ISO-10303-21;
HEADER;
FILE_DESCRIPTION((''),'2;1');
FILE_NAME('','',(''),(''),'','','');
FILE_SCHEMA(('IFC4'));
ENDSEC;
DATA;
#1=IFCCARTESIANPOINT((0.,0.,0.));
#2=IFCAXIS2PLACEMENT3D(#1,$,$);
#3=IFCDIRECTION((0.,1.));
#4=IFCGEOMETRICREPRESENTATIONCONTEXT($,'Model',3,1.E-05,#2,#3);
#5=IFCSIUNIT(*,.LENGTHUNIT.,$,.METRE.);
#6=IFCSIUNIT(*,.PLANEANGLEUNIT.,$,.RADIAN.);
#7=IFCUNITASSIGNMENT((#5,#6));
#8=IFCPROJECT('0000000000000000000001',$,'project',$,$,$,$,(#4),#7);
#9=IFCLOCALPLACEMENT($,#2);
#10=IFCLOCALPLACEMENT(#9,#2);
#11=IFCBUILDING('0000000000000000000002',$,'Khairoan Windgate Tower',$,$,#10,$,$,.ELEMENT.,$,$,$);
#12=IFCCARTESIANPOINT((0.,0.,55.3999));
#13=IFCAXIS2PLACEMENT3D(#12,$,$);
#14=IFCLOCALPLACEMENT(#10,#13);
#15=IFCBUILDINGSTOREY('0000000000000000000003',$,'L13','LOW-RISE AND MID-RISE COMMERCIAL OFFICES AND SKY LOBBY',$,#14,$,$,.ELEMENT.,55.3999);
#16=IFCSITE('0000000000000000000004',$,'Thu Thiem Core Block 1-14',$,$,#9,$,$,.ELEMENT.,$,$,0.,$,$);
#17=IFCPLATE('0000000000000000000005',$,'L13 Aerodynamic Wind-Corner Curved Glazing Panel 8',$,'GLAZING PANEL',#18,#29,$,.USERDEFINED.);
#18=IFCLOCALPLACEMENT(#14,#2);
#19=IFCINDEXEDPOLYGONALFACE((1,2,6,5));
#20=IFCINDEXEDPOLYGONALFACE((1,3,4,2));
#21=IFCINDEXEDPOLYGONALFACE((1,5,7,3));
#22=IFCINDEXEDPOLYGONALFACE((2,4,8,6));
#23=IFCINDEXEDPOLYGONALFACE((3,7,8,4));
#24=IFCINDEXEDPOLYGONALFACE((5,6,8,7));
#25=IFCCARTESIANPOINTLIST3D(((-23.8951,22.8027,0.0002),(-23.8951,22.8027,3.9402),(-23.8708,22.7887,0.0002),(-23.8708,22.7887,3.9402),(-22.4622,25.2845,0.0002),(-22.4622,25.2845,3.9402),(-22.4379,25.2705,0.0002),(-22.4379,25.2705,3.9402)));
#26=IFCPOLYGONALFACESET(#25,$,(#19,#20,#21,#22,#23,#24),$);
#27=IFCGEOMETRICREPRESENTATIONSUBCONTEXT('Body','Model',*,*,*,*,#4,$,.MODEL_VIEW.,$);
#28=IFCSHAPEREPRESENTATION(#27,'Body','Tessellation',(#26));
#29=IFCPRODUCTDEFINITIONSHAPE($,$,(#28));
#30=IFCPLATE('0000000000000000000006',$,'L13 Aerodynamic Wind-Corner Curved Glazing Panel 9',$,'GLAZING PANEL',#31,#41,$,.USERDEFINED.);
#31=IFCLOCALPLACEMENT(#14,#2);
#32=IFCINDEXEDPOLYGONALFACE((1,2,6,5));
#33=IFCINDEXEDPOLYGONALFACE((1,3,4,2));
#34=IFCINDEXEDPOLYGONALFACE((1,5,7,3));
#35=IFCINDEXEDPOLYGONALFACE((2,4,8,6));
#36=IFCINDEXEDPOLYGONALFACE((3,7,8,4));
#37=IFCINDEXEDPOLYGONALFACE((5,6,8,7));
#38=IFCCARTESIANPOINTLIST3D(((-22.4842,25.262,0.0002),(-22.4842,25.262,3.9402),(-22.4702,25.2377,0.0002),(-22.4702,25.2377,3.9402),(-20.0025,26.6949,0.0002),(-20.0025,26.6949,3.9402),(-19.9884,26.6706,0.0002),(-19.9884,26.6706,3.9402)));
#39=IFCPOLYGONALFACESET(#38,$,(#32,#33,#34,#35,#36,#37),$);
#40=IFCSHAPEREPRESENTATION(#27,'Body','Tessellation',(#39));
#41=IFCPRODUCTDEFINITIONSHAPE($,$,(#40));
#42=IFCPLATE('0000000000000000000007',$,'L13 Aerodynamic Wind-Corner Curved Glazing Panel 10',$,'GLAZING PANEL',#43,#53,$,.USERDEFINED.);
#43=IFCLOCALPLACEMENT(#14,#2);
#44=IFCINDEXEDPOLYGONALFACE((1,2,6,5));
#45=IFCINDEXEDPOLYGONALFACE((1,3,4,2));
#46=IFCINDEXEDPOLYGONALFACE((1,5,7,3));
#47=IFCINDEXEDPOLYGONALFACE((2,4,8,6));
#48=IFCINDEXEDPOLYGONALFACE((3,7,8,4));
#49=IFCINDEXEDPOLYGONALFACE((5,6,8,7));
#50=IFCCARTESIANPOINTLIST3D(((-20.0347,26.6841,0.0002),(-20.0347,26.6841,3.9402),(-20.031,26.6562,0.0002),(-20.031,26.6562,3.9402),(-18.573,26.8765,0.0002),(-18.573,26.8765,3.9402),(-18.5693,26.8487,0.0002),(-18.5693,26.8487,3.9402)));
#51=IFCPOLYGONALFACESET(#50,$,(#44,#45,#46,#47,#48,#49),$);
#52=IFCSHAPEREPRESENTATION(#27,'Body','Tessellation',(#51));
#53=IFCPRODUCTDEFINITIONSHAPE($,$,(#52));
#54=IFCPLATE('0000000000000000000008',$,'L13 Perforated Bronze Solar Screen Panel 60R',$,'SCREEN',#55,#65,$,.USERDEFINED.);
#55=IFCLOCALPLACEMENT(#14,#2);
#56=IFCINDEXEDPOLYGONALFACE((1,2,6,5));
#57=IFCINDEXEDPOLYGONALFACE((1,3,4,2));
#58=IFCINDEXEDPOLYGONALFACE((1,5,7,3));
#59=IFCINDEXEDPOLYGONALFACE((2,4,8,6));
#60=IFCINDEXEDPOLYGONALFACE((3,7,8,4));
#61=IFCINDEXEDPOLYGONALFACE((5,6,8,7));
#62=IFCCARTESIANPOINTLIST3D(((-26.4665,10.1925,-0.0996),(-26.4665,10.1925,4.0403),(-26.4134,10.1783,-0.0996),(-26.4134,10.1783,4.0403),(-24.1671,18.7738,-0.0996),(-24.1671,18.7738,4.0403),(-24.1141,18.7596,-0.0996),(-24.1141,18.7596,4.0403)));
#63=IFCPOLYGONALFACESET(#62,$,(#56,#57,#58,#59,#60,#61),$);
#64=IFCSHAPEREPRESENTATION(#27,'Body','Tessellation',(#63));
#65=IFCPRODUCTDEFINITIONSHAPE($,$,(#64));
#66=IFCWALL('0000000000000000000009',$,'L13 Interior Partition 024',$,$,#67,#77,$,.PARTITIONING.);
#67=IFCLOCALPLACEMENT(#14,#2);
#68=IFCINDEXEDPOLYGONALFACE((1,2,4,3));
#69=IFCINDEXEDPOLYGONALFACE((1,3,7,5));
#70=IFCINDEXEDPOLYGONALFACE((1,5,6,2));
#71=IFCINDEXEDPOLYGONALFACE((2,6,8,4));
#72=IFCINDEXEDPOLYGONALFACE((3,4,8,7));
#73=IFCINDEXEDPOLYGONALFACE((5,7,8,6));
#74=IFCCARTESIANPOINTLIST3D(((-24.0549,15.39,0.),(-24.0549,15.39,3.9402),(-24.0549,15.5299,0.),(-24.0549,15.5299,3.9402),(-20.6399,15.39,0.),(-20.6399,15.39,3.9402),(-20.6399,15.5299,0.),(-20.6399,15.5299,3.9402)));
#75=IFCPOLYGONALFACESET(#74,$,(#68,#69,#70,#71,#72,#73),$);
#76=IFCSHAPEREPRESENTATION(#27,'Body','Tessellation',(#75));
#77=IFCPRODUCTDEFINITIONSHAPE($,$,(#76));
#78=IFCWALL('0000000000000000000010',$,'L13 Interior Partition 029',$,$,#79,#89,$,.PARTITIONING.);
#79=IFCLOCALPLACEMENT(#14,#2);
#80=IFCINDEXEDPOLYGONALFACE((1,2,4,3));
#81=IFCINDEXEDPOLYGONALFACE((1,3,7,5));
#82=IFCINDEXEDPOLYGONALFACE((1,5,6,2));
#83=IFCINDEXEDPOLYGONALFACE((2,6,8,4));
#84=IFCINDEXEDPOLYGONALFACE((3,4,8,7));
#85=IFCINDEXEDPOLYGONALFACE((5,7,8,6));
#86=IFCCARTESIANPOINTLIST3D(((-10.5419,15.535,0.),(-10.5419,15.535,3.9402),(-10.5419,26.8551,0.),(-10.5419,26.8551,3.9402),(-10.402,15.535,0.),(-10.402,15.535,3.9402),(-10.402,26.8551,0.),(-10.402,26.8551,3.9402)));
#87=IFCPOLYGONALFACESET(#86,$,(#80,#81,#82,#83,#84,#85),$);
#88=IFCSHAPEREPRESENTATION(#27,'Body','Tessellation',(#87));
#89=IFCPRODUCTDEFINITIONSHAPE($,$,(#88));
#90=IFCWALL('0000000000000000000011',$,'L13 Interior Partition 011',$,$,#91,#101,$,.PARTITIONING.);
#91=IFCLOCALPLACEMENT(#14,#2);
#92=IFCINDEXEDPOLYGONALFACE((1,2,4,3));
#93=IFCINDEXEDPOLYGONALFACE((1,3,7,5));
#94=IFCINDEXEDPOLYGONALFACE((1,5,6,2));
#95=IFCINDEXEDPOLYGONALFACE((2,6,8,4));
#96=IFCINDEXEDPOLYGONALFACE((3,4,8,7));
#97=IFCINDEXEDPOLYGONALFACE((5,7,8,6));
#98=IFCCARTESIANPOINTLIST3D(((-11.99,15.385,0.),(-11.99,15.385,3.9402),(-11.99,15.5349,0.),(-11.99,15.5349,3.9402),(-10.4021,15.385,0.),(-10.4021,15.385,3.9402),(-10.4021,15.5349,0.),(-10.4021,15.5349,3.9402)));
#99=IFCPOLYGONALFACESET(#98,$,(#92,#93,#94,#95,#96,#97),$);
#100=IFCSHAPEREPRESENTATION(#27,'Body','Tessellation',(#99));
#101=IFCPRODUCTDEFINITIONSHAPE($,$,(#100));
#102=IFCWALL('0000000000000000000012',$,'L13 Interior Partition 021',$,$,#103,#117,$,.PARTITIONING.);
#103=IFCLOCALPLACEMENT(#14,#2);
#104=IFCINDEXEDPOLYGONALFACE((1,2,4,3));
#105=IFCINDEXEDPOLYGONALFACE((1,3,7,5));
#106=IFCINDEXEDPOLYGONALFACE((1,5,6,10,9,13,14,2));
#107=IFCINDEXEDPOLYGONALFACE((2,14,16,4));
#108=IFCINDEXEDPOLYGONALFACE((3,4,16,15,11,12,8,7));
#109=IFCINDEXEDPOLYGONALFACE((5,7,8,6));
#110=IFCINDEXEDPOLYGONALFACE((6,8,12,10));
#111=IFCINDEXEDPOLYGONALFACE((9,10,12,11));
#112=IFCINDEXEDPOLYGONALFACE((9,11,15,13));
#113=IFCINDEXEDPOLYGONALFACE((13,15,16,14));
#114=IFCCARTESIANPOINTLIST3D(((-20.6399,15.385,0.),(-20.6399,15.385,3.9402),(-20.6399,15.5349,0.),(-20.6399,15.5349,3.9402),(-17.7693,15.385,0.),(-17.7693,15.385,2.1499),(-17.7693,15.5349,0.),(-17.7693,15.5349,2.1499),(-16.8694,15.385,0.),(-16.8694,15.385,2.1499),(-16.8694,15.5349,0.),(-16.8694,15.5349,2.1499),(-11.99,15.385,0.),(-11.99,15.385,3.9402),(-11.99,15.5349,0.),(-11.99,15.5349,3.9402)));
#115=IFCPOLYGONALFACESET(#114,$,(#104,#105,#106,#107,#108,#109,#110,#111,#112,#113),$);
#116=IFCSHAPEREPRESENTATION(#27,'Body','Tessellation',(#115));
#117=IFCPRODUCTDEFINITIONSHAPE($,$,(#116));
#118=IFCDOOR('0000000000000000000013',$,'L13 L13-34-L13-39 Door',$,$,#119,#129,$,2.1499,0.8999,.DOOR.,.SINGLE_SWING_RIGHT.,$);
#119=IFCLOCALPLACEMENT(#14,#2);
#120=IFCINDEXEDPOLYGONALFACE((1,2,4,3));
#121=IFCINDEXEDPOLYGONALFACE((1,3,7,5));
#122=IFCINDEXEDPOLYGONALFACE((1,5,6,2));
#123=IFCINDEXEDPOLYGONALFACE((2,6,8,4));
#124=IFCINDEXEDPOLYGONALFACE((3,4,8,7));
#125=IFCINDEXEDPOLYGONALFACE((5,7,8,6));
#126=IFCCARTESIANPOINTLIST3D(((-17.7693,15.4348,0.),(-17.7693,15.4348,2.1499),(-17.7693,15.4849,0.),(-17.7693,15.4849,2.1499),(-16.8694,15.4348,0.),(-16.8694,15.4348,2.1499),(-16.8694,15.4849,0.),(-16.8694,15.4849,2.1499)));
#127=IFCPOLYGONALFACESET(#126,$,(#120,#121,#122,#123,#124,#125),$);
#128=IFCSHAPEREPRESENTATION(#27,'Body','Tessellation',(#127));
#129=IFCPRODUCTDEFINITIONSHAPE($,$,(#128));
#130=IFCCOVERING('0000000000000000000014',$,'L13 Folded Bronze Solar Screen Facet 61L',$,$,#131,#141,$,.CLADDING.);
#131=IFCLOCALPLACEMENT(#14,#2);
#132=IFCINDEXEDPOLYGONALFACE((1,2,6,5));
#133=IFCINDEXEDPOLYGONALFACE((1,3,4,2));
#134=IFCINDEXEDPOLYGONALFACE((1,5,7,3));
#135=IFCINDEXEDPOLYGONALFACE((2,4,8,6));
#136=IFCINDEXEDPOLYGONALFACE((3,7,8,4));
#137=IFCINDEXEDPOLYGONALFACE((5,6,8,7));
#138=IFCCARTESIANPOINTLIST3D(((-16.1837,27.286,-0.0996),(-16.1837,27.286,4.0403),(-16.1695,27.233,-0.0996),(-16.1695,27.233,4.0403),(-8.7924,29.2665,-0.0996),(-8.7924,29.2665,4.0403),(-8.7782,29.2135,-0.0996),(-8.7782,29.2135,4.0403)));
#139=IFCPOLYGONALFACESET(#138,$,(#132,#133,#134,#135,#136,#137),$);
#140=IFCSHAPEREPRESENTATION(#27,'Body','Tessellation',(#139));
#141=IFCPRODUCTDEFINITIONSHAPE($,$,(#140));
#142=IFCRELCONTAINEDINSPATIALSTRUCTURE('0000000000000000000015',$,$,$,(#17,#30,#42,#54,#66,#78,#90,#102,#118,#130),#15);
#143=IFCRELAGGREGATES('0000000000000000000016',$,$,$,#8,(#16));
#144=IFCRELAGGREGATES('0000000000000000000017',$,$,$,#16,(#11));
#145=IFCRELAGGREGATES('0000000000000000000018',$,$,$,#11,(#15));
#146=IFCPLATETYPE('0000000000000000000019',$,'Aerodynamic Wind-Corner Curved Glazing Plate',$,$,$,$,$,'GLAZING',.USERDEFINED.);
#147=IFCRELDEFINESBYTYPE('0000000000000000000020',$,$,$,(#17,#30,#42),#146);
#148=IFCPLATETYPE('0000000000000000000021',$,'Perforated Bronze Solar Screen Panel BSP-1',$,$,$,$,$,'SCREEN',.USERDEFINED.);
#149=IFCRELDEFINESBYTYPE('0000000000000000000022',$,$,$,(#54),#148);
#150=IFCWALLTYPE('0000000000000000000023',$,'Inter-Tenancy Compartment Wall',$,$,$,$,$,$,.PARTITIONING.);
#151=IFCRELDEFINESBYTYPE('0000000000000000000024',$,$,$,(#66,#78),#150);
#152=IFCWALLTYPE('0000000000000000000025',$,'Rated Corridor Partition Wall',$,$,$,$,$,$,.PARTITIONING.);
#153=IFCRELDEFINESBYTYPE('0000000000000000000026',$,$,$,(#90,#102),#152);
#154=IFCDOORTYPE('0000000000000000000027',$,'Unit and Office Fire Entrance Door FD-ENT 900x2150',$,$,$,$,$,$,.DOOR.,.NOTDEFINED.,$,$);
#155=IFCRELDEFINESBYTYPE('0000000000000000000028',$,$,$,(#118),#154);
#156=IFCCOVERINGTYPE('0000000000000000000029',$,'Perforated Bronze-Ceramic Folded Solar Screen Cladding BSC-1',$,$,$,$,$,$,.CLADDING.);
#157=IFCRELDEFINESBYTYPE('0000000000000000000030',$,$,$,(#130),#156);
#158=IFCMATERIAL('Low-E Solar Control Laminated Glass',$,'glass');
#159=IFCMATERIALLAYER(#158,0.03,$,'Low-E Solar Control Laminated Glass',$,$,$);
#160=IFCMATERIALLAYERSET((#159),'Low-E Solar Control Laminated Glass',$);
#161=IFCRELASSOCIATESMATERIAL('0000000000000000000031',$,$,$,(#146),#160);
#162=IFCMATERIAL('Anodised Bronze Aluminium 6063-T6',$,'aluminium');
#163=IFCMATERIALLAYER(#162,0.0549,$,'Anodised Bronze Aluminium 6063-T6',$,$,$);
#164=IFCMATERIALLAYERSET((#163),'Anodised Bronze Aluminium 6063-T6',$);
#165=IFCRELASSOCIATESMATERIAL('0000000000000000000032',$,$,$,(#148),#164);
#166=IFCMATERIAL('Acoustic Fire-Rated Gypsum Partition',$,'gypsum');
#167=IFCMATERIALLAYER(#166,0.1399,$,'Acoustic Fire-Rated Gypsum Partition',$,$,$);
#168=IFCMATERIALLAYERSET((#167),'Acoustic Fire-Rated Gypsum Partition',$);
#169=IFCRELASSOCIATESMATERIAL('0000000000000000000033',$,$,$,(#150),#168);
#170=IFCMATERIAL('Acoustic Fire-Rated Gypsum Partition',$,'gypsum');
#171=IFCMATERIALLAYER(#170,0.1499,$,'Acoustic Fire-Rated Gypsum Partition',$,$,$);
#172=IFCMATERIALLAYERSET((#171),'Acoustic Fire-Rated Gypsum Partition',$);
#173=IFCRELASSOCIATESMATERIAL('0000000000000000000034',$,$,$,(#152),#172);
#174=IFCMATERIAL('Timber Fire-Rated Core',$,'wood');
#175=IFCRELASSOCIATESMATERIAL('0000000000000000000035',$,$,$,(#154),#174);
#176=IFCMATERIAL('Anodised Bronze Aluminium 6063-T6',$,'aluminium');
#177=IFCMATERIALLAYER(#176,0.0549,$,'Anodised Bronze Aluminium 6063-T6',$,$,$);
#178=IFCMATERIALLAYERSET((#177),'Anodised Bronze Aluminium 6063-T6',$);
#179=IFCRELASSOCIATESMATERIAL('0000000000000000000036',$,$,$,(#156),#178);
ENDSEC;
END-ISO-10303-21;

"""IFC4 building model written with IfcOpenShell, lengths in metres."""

from ifc_helpers import new_model, si_unit, direction, frame, frame_2d, origin, origin_2d, place, context, subcontext, project, spatial, rectangle, extrude, material, layer, layer_set, type_object, element, fill, save


model = new_model("IFC4")

# Units and contexts
model_context = context("Model", 3, precision=1e-05, world=origin(), true_north=direction((0.0, 1.0)))
body_context = subcontext(model_context, "Body", "Model", "MODEL_VIEW")
ifc_project = project(units=[si_unit("LENGTHUNIT", "METRE"), si_unit("PLANEANGLEUNIT", "RADIAN")], contexts=[model_context])

# Site, building, storey
site_placement = place(None, origin())
site = spatial("IfcSite", under=ifc_project, at=site_placement, Name="Thu Thiem Core Block 1-14", CompositionType="ELEMENT", RefElevation=0.0)
building_placement = place(site_placement, origin())
building = spatial("IfcBuilding", under=site, at=building_placement, Name="Khairoan Windgate Tower", CompositionType="ELEMENT")
storey_placement = place(building_placement, frame((0.0, 0.0, 55.3999)))
storey = spatial("IfcBuildingStorey", under=building, at=storey_placement, Name="L13", Description="LOW-RISE AND MID-RISE COMMERCIAL OFFICES AND SKY LOBBY", CompositionType="ELEMENT", Elevation=55.3999)

# Plates
ifc_material_1 = material(Name="Low-E Solar Control Laminated Glass", Category="glass")
ifc_layer_1 = layer(ifc_material_1, 0.03, Name="Low-E Solar Control Laminated Glass")
ifc_layer_set_1 = layer_set([ifc_layer_1], Name="Low-E Solar Control Laminated Glass")
plate_type_1 = type_object("IfcPlateType", Name="Aerodynamic Wind-Corner Curved Glazing Plate", ElementType="GLAZING", PredefinedType="USERDEFINED", material=ifc_layer_set_1)
for number, where, z_axis, x_axis, name in (
    (1, (-23.1665, 24.0366, 0.0002), (0.0, 0.0, 1.0), (0.5, 0.866025, 0.0), "L13 Aerodynamic Wind-Corner Curved Glazing Panel 8"),
    (2, (-21.2363, 25.9663, 0.0002), (0.0, 0.0, 1.0), (0.866025, 0.5, 0.0), "L13 Aerodynamic Wind-Corner Curved Glazing Panel 9"),
):
    element("IfcPlate", number, at=place(storey_placement, frame(where, z_axis=z_axis, x_axis=x_axis)), inside=storey, type_object=plate_type_1, Name=name, ObjectType="GLAZING PANEL", PredefinedType="USERDEFINED", context=body_context, shape_type="SweptSolid", body=[
        extrude(rectangle(XDim=2.8657, YDim=0.0281, at=origin_2d()), origin(), (0.0, 0.0, 1.0), 3.9399),
    ])
plate_1_placement = place(storey_placement, frame((-19.302, 26.7664, 0.0002), z_axis=(0.0, 0.0, 1.0), x_axis=(0.991445, 0.130526, 0.0)))
element("IfcPlate", 3, at=plate_1_placement, inside=storey, type_object=plate_type_1, Name="L13 Aerodynamic Wind-Corner Curved Glazing Panel 10", ObjectType="GLAZING PANEL", PredefinedType="USERDEFINED", context=body_context, shape_type="SweptSolid", body=[
    extrude(rectangle(XDim=1.4744, YDim=0.0281, at=origin_2d()), origin(), (0.0, 0.0, 1.0), 3.9399),
])

# Plate
ifc_material_2 = material(Name="Anodised Bronze Aluminium 6063-T6", Category="aluminium")
ifc_layer_2 = layer(ifc_material_2, 0.0549, Name="Anodised Bronze Aluminium 6063-T6")
ifc_layer_set_2 = layer_set([ifc_layer_2], Name="Anodised Bronze Aluminium 6063-T6")
plate_type_2 = type_object("IfcPlateType", Name="Perforated Bronze Solar Screen Panel BSP-1", ElementType="SCREEN", PredefinedType="USERDEFINED", material=ifc_layer_set_2)
plate_2_placement = place(storey_placement, frame((-25.2903, 14.4761, -0.0996), z_axis=(0.0, 0.0, 1.0), x_axis=(0.258819, 0.965926, 0.0)))
element("IfcPlate", 4, at=plate_2_placement, inside=storey, type_object=plate_type_2, Name="L13 Perforated Bronze Solar Screen Panel 60R", ObjectType="SCREEN", PredefinedType="USERDEFINED", context=body_context, shape_type="SweptSolid", body=[
    extrude(rectangle(XDim=8.884, YDim=0.0549, at=origin_2d()), origin(), (0.0, 0.0, 1.0), 4.1399),
])

# Walls
ifc_material_3 = material(Name="Acoustic Fire-Rated Gypsum Partition", Category="gypsum")
ifc_layer_3 = layer(ifc_material_3, 0.1399, Name="Acoustic Fire-Rated Gypsum Partition")
ifc_layer_set_3 = layer_set([ifc_layer_3], Name="Acoustic Fire-Rated Gypsum Partition")
wall_type_1 = type_object("IfcWallType", Name="Inter-Tenancy Compartment Wall", PredefinedType="PARTITIONING", material=ifc_layer_set_3)
wall_1_placement = place(storey_placement, frame((-24.0549, 15.46, 0.0), z_axis=(0.0, 0.0, 1.0), x_axis=(1.0, 0.0, 0.0)))
element("IfcWall", 5, at=wall_1_placement, inside=storey, type_object=wall_type_1, Name="L13 Interior Partition 024", PredefinedType="PARTITIONING", context=body_context, shape_type="SweptSolid", body=[
    extrude(rectangle(XDim=3.415, YDim=0.1399, at=frame_2d((1.7075, 0.0))), origin(), (0.0, 0.0, 1.0), 3.9402),
])
wall_2_placement = place(storey_placement, frame((-10.4719, 15.5349, 0.0), z_axis=(0.0, 0.0, 1.0), x_axis=(0.0, 1.0, 0.0)))
element("IfcWall", 6, at=wall_2_placement, inside=storey, type_object=wall_type_1, Name="L13 Interior Partition 029", PredefinedType="PARTITIONING", context=body_context, shape_type="SweptSolid", body=[
    extrude(rectangle(XDim=11.3201, YDim=0.1399, at=frame_2d((5.6602, 0.0))), origin(), (0.0, 0.0, 1.0), 3.9402),
])

# Wall
ifc_material_4 = material(Name="Acoustic Fire-Rated Gypsum Partition", Category="gypsum")
ifc_layer_4 = layer(ifc_material_4, 0.1499, Name="Acoustic Fire-Rated Gypsum Partition")
ifc_layer_set_4 = layer_set([ifc_layer_4], Name="Acoustic Fire-Rated Gypsum Partition")
wall_type_2 = type_object("IfcWallType", Name="Rated Corridor Partition Wall", PredefinedType="PARTITIONING", material=ifc_layer_set_4)
wall_3_placement = place(storey_placement, frame((-11.99, 15.46, 0.0), z_axis=(0.0, 0.0, 1.0), x_axis=(1.0, 0.0, 0.0)))
element("IfcWall", 7, at=wall_3_placement, inside=storey, type_object=wall_type_2, Name="L13 Interior Partition 011", PredefinedType="PARTITIONING", context=body_context, shape_type="SweptSolid", body=[
    extrude(rectangle(XDim=1.5879, YDim=0.1499, at=frame_2d((0.7939, 0.0))), origin(), (0.0, 0.0, 1.0), 3.9402),
])

# Wall, opening, door
ifc_material_5 = material(Name="Timber Fire-Rated Core", Category="wood")
door_type = type_object("IfcDoorType", Name="Unit and Office Fire Entrance Door FD-ENT 900x2150", OperationType="NOTDEFINED", PredefinedType="DOOR", material=ifc_material_5)
wall_4_placement = place(storey_placement, frame((-20.6399, 15.46, 0.0), z_axis=(0.0, 0.0, 1.0), x_axis=(1.0, 0.0, 0.0)))
wall_4 = element("IfcWall", 8, at=wall_4_placement, inside=storey, type_object=wall_type_2, Name="L13 Interior Partition 021", PredefinedType="PARTITIONING", context=body_context, shape_type="SweptSolid", body=[
    extrude(rectangle(XDim=8.6499, YDim=0.1499, at=frame_2d((4.325, 0.0))), origin(), (0.0, 0.0, 1.0), 3.9402),
])
opening_1_placement = place(wall_4_placement, frame((2.8706, 0.0, 0.0)))
opening_1 = element("IfcOpeningElement", 9, at=opening_1_placement, cuts=wall_4, PredefinedType="OPENING", context=body_context, shape_type="SweptSolid", body=[
    extrude(rectangle(XDim=0.8999, YDim=2.1499, at=frame_2d((0.45, 1.075))), frame((0.0, 0.085, 0.0), z_axis=(0.0, -1.0, 0.0), x_axis=(1.0, 0.0, 0.0)), (0.0, 0.0, 1.0), 0.1699),
])
door_1_placement = place(opening_1_placement, origin())
door_1 = element("IfcDoor", 10, at=door_1_placement, inside=storey, type_object=door_type, Name="L13 L13-34-L13-39 Door", OperationType="SINGLE_SWING_RIGHT", OverallHeight=2.1499, OverallWidth=0.8999, PredefinedType="DOOR", context=body_context, shape_type="SweptSolid", body=[
    extrude(rectangle(XDim=0.8999, YDim=2.1499, at=frame_2d((0.45, 1.075))), frame((0.0, 0.0249, 0.0), z_axis=(0.0, -1.0, 0.0), x_axis=(1.0, 0.0, 0.0)), (0.0, 0.0, 1.0), 0.05),
])
fill(opening_1, door_1)

# Covering
ifc_material_6 = material(Name="Anodised Bronze Aluminium 6063-T6", Category="aluminium")
ifc_layer_5 = layer(ifc_material_6, 0.0549, Name="Anodised Bronze Aluminium 6063-T6")
ifc_layer_set_5 = layer_set([ifc_layer_5], Name="Anodised Bronze Aluminium 6063-T6")
covering_type = type_object("IfcCoveringType", Name="Perforated Bronze-Ceramic Folded Solar Screen Cladding BSC-1", PredefinedType="CLADDING", material=ifc_layer_set_5)
covering_placement = place(storey_placement, frame((-12.481, 28.2498, -0.0996), z_axis=(0.0, 0.0, 1.0), x_axis=(0.965926, 0.258819, 0.0)))
element("IfcCovering", 11, at=covering_placement, inside=storey, type_object=covering_type, Name="L13 Folded Bronze Solar Screen Facet 61L", PredefinedType="CLADDING", context=body_context, shape_type="SweptSolid", body=[
    extrude(rectangle(XDim=7.6521, YDim=0.0549, at=origin_2d()), origin(), (0.0, 0.0, 1.0), 4.1399),
])

save(model, "model.ifc")
